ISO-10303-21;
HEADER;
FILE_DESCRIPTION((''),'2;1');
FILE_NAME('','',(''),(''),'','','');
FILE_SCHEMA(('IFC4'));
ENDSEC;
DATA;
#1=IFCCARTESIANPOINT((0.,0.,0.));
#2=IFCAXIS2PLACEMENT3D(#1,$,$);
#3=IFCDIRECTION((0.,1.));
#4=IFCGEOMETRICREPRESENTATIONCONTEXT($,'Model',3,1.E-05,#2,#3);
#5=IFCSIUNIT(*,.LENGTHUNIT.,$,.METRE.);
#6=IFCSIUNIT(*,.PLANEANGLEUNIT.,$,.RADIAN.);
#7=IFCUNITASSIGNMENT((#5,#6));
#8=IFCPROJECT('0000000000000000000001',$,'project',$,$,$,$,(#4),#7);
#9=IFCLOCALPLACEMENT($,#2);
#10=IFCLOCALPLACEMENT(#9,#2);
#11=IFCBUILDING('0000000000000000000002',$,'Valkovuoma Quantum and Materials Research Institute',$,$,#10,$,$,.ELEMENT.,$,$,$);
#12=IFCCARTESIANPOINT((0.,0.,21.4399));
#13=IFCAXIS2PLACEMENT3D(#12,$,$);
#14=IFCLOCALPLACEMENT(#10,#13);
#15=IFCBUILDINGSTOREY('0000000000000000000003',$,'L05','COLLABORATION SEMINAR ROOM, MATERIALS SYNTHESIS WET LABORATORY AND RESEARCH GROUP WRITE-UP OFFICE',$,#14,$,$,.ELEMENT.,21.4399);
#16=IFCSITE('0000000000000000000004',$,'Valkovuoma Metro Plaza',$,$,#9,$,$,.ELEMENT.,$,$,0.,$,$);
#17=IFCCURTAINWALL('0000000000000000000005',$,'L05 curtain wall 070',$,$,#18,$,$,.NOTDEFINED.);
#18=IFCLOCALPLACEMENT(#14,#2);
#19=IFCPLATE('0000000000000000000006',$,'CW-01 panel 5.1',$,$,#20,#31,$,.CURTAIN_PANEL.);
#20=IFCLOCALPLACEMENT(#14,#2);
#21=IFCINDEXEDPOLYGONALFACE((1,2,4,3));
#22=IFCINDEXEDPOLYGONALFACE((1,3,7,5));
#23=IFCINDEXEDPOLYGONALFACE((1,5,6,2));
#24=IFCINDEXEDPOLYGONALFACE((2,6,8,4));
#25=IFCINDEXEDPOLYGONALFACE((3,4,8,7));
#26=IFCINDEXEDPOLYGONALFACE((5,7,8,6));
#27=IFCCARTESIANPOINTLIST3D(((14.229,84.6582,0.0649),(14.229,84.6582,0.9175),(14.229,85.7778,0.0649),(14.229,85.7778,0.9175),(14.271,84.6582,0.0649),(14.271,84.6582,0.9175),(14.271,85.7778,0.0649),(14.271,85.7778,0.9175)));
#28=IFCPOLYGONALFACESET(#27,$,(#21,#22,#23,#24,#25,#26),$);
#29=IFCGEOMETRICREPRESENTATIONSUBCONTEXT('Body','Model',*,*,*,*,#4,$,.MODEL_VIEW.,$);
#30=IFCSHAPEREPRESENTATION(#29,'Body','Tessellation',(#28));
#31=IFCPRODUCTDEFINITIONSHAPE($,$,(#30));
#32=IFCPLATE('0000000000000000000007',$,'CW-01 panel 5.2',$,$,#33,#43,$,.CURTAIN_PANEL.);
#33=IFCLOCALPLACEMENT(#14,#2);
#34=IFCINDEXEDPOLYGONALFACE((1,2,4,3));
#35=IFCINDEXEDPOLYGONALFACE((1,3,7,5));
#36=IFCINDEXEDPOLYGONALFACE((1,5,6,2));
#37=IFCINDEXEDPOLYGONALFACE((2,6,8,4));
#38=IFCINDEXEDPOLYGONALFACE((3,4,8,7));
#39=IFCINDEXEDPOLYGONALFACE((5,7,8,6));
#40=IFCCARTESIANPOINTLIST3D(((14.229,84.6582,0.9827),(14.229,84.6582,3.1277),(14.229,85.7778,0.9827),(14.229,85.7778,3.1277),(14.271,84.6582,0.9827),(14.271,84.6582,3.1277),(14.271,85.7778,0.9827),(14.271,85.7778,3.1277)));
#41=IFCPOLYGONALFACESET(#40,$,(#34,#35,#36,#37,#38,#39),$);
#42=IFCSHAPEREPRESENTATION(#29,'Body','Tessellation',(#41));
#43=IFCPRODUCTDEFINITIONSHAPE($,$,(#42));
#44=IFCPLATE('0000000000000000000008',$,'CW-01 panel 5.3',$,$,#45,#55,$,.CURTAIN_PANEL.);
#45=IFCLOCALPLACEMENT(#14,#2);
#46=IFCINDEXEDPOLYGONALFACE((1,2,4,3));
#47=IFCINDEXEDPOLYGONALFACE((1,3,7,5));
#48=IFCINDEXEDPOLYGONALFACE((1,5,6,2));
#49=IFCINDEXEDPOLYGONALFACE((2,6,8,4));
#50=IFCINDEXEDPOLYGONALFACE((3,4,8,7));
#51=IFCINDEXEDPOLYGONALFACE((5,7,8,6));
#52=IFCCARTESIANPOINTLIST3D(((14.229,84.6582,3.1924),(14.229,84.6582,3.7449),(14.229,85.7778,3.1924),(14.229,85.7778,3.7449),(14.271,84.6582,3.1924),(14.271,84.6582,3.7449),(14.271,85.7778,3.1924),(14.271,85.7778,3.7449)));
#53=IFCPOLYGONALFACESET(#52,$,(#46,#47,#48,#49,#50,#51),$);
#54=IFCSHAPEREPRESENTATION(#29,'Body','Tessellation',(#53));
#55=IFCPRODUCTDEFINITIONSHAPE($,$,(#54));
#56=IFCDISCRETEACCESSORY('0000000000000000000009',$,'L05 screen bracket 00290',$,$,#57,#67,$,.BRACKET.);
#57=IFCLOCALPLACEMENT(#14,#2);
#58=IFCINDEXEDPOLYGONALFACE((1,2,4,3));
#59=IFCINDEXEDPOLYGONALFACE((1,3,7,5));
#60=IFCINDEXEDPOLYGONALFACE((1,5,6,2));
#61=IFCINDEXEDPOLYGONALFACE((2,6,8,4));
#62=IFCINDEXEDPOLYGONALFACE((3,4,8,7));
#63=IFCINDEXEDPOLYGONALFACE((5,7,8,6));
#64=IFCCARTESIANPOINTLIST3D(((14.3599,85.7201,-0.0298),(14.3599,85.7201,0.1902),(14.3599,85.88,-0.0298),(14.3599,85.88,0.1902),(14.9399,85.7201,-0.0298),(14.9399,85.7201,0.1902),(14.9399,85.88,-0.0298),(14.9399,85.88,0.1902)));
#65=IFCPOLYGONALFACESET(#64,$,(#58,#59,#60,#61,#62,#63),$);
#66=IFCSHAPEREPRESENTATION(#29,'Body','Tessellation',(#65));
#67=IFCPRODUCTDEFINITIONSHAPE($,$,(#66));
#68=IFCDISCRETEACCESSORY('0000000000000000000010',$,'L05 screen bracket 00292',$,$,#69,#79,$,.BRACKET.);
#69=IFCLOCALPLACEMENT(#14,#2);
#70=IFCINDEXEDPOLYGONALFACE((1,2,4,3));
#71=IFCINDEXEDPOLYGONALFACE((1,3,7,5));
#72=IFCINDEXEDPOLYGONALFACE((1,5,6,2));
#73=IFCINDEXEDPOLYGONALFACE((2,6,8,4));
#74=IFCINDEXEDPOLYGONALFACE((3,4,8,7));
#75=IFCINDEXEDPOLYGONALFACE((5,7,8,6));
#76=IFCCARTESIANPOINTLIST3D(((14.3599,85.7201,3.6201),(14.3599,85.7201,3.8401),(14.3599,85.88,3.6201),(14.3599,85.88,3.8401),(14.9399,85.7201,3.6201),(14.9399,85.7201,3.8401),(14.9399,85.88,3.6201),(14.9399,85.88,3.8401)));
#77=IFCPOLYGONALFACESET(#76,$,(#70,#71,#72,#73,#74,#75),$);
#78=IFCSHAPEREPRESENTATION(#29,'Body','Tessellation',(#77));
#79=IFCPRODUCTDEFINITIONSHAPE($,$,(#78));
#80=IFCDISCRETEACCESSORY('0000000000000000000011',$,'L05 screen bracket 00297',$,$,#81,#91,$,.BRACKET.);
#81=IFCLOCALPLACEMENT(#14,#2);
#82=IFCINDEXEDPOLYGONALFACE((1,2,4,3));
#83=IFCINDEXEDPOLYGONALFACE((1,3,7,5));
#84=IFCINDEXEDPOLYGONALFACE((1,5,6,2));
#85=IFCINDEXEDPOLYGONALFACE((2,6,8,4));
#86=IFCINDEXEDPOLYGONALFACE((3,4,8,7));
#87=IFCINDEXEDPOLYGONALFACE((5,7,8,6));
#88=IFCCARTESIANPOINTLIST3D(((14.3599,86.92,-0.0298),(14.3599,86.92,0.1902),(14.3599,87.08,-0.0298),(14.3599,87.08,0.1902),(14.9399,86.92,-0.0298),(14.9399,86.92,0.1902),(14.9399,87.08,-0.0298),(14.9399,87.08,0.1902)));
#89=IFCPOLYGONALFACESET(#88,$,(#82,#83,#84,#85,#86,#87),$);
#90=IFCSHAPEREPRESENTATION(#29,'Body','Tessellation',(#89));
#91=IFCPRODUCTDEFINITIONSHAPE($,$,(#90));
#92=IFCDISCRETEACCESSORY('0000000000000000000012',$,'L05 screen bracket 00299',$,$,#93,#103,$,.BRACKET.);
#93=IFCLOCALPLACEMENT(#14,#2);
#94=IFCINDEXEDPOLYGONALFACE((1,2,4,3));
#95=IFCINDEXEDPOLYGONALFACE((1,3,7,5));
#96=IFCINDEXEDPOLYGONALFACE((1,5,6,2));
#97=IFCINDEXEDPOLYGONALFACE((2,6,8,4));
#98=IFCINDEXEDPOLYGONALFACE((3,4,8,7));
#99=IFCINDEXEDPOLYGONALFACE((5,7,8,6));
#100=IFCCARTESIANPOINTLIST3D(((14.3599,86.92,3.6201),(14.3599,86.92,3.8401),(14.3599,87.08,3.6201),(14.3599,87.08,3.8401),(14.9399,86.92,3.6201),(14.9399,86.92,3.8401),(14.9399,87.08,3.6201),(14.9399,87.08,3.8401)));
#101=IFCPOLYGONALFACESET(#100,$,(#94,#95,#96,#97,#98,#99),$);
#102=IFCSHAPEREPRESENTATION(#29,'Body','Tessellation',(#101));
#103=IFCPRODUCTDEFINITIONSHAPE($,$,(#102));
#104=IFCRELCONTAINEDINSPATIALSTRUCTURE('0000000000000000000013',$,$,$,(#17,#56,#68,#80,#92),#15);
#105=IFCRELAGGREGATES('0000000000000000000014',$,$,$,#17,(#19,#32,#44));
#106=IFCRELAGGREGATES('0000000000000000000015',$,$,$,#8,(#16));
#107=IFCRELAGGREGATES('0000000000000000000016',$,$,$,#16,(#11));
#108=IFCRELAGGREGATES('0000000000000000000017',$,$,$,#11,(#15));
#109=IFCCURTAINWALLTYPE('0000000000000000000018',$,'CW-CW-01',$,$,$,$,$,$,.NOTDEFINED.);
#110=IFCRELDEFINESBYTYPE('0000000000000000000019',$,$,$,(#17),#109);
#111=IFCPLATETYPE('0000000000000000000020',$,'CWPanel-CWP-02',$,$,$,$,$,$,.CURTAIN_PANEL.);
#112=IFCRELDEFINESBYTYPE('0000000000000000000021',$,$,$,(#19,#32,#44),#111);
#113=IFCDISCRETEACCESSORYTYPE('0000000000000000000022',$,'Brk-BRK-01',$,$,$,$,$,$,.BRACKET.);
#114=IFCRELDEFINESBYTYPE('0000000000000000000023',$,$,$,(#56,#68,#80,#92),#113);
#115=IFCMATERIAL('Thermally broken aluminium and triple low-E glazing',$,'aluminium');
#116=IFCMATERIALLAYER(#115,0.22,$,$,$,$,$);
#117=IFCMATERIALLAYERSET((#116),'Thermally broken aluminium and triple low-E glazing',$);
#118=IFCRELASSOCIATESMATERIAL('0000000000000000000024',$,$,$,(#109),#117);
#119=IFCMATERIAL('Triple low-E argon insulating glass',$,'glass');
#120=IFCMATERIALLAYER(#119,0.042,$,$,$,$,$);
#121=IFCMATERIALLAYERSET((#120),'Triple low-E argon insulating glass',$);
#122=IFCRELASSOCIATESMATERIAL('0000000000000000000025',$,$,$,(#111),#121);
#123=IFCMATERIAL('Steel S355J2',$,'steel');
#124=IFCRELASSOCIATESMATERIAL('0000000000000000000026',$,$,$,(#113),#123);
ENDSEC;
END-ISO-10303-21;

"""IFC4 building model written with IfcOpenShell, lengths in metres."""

from ifc_helpers import new_model, si_unit, direction, frame, origin, origin_2d, place, context, subcontext, project, spatial, rectangle, extrude, material, layer, layer_set, type_object, element, aggregate, save


model = new_model("IFC4")

# Units and contexts
model_context = context("Model", 3, precision=1e-05, world=origin(), true_north=direction((0.0, 1.0)))
body_context = subcontext(model_context, "Body", "Model", "MODEL_VIEW")
ifc_project = project(units=[si_unit("LENGTHUNIT", "METRE"), si_unit("PLANEANGLEUNIT", "RADIAN")], contexts=[model_context])

# Site, building, storey
site_placement = place(None, origin())
site = spatial("IfcSite", under=ifc_project, at=site_placement, Name="Valkovuoma Metro Plaza", CompositionType="ELEMENT", RefElevation=0.0)
building_placement = place(site_placement, origin())
building = spatial("IfcBuilding", under=site, at=building_placement, Name="Valkovuoma Quantum and Materials Research Institute", CompositionType="ELEMENT")
storey_placement = place(building_placement, frame((0.0, 0.0, 21.4399)))
storey = spatial("IfcBuildingStorey", under=building, at=storey_placement, Name="L05", Description="COLLABORATION SEMINAR ROOM, MATERIALS SYNTHESIS WET LABORATORY AND RESEARCH GROUP WRITE-UP OFFICE", CompositionType="ELEMENT", Elevation=21.4399)

# Curtain wall
ifc_material_1 = material(Name="Thermally broken aluminium and triple low-E glazing", Category="aluminium")
ifc_layer_1 = layer(ifc_material_1, 0.22)
ifc_layer_set_1 = layer_set([ifc_layer_1], Name="Thermally broken aluminium and triple low-E glazing")
curtain_wall_type = type_object("IfcCurtainWallType", Name="CW-CW-01", PredefinedType="NOTDEFINED", material=ifc_layer_set_1)
curtain_wall_1_placement = place(storey_placement, origin())
curtain_wall_1 = element("IfcCurtainWall", 1, at=curtain_wall_1_placement, inside=storey, type_object=curtain_wall_type, Name="L05 curtain wall 070", PredefinedType="NOTDEFINED")

# Plates
ifc_material_2 = material(Name="Triple low-E argon insulating glass", Category="glass")
ifc_layer_2 = layer(ifc_material_2, 0.042)
ifc_layer_set_2 = layer_set([ifc_layer_2], Name="Triple low-E argon insulating glass")
plate_type = type_object("IfcPlateType", Name="CWPanel-CWP-02", PredefinedType="CURTAIN_PANEL", material=ifc_layer_set_2)
plate_1_placement = place(storey_placement, frame((14.25, 85.218, 0.0649), z_axis=(0.0, 0.0, 1.0), x_axis=(0.0, 1.0, 0.0)))
plate_1 = element("IfcPlate", 2, at=plate_1_placement, type_object=plate_type, Name="CW-01 panel 5.1", PredefinedType="CURTAIN_PANEL", context=body_context, shape_type="SweptSolid", body=[
    extrude(rectangle(XDim=1.1196, YDim=0.042, at=origin_2d()), origin(), (0.0, 0.0, 1.0), 0.8525),
])
plate_2_placement = place(storey_placement, frame((14.25, 85.218, 0.9827), z_axis=(0.0, 0.0, 1.0), x_axis=(0.0, 1.0, 0.0)))
plate_2 = element("IfcPlate", 3, at=plate_2_placement, type_object=plate_type, Name="CW-01 panel 5.2", PredefinedType="CURTAIN_PANEL", context=body_context, shape_type="SweptSolid", body=[
    extrude(rectangle(XDim=1.1196, YDim=0.042, at=origin_2d()), origin(), (0.0, 0.0, 1.0), 2.145),
])
plate_3_placement = place(storey_placement, frame((14.25, 85.218, 3.1924), z_axis=(0.0, 0.0, 1.0), x_axis=(0.0, 1.0, 0.0)))
plate_3 = element("IfcPlate", 4, at=plate_3_placement, type_object=plate_type, Name="CW-01 panel 5.3", PredefinedType="CURTAIN_PANEL", context=body_context, shape_type="SweptSolid", body=[
    extrude(rectangle(XDim=1.1196, YDim=0.042, at=origin_2d()), origin(), (0.0, 0.0, 1.0), 0.5525),
])
aggregate(curtain_wall_1, [plate_1, plate_2, plate_3])

# Discrete accessories
ifc_material_3 = material(Name="Steel S355J2", Category="steel")
discrete_accessory_type = type_object("IfcDiscreteAccessoryType", Name="Brk-BRK-01", PredefinedType="BRACKET", material=ifc_material_3)
for number, where, z_axis, x_axis, name in (
    (5, (14.6499, 85.8, -0.0298), (0.0, 0.0, 1.0), (1.0, 0.0, 0.0), "L05 screen bracket 00290"),
    (6, (14.6499, 85.8, 3.6201), (0.0, 0.0, 1.0), (1.0, 0.0, 0.0), "L05 screen bracket 00292"),
    (7, (14.6499, 87.0, -0.0298), (0.0, 0.0, 1.0), (1.0, 0.0, 0.0), "L05 screen bracket 00297"),
    (8, (14.6499, 87.0, 3.6201), (0.0, 0.0, 1.0), (1.0, 0.0, 0.0), "L05 screen bracket 00299"),
):
    element("IfcDiscreteAccessory", number, at=place(storey_placement, frame(where, z_axis=z_axis, x_axis=x_axis)), inside=storey, type_object=discrete_accessory_type, Name=name, PredefinedType="BRACKET", context=body_context, shape_type="SweptSolid", body=[
        extrude(rectangle(XDim=0.5801, YDim=0.1599, at=origin_2d()), origin(), (0.0, 0.0, 1.0), 0.22),
    ])

save(model, "model.ifc")
